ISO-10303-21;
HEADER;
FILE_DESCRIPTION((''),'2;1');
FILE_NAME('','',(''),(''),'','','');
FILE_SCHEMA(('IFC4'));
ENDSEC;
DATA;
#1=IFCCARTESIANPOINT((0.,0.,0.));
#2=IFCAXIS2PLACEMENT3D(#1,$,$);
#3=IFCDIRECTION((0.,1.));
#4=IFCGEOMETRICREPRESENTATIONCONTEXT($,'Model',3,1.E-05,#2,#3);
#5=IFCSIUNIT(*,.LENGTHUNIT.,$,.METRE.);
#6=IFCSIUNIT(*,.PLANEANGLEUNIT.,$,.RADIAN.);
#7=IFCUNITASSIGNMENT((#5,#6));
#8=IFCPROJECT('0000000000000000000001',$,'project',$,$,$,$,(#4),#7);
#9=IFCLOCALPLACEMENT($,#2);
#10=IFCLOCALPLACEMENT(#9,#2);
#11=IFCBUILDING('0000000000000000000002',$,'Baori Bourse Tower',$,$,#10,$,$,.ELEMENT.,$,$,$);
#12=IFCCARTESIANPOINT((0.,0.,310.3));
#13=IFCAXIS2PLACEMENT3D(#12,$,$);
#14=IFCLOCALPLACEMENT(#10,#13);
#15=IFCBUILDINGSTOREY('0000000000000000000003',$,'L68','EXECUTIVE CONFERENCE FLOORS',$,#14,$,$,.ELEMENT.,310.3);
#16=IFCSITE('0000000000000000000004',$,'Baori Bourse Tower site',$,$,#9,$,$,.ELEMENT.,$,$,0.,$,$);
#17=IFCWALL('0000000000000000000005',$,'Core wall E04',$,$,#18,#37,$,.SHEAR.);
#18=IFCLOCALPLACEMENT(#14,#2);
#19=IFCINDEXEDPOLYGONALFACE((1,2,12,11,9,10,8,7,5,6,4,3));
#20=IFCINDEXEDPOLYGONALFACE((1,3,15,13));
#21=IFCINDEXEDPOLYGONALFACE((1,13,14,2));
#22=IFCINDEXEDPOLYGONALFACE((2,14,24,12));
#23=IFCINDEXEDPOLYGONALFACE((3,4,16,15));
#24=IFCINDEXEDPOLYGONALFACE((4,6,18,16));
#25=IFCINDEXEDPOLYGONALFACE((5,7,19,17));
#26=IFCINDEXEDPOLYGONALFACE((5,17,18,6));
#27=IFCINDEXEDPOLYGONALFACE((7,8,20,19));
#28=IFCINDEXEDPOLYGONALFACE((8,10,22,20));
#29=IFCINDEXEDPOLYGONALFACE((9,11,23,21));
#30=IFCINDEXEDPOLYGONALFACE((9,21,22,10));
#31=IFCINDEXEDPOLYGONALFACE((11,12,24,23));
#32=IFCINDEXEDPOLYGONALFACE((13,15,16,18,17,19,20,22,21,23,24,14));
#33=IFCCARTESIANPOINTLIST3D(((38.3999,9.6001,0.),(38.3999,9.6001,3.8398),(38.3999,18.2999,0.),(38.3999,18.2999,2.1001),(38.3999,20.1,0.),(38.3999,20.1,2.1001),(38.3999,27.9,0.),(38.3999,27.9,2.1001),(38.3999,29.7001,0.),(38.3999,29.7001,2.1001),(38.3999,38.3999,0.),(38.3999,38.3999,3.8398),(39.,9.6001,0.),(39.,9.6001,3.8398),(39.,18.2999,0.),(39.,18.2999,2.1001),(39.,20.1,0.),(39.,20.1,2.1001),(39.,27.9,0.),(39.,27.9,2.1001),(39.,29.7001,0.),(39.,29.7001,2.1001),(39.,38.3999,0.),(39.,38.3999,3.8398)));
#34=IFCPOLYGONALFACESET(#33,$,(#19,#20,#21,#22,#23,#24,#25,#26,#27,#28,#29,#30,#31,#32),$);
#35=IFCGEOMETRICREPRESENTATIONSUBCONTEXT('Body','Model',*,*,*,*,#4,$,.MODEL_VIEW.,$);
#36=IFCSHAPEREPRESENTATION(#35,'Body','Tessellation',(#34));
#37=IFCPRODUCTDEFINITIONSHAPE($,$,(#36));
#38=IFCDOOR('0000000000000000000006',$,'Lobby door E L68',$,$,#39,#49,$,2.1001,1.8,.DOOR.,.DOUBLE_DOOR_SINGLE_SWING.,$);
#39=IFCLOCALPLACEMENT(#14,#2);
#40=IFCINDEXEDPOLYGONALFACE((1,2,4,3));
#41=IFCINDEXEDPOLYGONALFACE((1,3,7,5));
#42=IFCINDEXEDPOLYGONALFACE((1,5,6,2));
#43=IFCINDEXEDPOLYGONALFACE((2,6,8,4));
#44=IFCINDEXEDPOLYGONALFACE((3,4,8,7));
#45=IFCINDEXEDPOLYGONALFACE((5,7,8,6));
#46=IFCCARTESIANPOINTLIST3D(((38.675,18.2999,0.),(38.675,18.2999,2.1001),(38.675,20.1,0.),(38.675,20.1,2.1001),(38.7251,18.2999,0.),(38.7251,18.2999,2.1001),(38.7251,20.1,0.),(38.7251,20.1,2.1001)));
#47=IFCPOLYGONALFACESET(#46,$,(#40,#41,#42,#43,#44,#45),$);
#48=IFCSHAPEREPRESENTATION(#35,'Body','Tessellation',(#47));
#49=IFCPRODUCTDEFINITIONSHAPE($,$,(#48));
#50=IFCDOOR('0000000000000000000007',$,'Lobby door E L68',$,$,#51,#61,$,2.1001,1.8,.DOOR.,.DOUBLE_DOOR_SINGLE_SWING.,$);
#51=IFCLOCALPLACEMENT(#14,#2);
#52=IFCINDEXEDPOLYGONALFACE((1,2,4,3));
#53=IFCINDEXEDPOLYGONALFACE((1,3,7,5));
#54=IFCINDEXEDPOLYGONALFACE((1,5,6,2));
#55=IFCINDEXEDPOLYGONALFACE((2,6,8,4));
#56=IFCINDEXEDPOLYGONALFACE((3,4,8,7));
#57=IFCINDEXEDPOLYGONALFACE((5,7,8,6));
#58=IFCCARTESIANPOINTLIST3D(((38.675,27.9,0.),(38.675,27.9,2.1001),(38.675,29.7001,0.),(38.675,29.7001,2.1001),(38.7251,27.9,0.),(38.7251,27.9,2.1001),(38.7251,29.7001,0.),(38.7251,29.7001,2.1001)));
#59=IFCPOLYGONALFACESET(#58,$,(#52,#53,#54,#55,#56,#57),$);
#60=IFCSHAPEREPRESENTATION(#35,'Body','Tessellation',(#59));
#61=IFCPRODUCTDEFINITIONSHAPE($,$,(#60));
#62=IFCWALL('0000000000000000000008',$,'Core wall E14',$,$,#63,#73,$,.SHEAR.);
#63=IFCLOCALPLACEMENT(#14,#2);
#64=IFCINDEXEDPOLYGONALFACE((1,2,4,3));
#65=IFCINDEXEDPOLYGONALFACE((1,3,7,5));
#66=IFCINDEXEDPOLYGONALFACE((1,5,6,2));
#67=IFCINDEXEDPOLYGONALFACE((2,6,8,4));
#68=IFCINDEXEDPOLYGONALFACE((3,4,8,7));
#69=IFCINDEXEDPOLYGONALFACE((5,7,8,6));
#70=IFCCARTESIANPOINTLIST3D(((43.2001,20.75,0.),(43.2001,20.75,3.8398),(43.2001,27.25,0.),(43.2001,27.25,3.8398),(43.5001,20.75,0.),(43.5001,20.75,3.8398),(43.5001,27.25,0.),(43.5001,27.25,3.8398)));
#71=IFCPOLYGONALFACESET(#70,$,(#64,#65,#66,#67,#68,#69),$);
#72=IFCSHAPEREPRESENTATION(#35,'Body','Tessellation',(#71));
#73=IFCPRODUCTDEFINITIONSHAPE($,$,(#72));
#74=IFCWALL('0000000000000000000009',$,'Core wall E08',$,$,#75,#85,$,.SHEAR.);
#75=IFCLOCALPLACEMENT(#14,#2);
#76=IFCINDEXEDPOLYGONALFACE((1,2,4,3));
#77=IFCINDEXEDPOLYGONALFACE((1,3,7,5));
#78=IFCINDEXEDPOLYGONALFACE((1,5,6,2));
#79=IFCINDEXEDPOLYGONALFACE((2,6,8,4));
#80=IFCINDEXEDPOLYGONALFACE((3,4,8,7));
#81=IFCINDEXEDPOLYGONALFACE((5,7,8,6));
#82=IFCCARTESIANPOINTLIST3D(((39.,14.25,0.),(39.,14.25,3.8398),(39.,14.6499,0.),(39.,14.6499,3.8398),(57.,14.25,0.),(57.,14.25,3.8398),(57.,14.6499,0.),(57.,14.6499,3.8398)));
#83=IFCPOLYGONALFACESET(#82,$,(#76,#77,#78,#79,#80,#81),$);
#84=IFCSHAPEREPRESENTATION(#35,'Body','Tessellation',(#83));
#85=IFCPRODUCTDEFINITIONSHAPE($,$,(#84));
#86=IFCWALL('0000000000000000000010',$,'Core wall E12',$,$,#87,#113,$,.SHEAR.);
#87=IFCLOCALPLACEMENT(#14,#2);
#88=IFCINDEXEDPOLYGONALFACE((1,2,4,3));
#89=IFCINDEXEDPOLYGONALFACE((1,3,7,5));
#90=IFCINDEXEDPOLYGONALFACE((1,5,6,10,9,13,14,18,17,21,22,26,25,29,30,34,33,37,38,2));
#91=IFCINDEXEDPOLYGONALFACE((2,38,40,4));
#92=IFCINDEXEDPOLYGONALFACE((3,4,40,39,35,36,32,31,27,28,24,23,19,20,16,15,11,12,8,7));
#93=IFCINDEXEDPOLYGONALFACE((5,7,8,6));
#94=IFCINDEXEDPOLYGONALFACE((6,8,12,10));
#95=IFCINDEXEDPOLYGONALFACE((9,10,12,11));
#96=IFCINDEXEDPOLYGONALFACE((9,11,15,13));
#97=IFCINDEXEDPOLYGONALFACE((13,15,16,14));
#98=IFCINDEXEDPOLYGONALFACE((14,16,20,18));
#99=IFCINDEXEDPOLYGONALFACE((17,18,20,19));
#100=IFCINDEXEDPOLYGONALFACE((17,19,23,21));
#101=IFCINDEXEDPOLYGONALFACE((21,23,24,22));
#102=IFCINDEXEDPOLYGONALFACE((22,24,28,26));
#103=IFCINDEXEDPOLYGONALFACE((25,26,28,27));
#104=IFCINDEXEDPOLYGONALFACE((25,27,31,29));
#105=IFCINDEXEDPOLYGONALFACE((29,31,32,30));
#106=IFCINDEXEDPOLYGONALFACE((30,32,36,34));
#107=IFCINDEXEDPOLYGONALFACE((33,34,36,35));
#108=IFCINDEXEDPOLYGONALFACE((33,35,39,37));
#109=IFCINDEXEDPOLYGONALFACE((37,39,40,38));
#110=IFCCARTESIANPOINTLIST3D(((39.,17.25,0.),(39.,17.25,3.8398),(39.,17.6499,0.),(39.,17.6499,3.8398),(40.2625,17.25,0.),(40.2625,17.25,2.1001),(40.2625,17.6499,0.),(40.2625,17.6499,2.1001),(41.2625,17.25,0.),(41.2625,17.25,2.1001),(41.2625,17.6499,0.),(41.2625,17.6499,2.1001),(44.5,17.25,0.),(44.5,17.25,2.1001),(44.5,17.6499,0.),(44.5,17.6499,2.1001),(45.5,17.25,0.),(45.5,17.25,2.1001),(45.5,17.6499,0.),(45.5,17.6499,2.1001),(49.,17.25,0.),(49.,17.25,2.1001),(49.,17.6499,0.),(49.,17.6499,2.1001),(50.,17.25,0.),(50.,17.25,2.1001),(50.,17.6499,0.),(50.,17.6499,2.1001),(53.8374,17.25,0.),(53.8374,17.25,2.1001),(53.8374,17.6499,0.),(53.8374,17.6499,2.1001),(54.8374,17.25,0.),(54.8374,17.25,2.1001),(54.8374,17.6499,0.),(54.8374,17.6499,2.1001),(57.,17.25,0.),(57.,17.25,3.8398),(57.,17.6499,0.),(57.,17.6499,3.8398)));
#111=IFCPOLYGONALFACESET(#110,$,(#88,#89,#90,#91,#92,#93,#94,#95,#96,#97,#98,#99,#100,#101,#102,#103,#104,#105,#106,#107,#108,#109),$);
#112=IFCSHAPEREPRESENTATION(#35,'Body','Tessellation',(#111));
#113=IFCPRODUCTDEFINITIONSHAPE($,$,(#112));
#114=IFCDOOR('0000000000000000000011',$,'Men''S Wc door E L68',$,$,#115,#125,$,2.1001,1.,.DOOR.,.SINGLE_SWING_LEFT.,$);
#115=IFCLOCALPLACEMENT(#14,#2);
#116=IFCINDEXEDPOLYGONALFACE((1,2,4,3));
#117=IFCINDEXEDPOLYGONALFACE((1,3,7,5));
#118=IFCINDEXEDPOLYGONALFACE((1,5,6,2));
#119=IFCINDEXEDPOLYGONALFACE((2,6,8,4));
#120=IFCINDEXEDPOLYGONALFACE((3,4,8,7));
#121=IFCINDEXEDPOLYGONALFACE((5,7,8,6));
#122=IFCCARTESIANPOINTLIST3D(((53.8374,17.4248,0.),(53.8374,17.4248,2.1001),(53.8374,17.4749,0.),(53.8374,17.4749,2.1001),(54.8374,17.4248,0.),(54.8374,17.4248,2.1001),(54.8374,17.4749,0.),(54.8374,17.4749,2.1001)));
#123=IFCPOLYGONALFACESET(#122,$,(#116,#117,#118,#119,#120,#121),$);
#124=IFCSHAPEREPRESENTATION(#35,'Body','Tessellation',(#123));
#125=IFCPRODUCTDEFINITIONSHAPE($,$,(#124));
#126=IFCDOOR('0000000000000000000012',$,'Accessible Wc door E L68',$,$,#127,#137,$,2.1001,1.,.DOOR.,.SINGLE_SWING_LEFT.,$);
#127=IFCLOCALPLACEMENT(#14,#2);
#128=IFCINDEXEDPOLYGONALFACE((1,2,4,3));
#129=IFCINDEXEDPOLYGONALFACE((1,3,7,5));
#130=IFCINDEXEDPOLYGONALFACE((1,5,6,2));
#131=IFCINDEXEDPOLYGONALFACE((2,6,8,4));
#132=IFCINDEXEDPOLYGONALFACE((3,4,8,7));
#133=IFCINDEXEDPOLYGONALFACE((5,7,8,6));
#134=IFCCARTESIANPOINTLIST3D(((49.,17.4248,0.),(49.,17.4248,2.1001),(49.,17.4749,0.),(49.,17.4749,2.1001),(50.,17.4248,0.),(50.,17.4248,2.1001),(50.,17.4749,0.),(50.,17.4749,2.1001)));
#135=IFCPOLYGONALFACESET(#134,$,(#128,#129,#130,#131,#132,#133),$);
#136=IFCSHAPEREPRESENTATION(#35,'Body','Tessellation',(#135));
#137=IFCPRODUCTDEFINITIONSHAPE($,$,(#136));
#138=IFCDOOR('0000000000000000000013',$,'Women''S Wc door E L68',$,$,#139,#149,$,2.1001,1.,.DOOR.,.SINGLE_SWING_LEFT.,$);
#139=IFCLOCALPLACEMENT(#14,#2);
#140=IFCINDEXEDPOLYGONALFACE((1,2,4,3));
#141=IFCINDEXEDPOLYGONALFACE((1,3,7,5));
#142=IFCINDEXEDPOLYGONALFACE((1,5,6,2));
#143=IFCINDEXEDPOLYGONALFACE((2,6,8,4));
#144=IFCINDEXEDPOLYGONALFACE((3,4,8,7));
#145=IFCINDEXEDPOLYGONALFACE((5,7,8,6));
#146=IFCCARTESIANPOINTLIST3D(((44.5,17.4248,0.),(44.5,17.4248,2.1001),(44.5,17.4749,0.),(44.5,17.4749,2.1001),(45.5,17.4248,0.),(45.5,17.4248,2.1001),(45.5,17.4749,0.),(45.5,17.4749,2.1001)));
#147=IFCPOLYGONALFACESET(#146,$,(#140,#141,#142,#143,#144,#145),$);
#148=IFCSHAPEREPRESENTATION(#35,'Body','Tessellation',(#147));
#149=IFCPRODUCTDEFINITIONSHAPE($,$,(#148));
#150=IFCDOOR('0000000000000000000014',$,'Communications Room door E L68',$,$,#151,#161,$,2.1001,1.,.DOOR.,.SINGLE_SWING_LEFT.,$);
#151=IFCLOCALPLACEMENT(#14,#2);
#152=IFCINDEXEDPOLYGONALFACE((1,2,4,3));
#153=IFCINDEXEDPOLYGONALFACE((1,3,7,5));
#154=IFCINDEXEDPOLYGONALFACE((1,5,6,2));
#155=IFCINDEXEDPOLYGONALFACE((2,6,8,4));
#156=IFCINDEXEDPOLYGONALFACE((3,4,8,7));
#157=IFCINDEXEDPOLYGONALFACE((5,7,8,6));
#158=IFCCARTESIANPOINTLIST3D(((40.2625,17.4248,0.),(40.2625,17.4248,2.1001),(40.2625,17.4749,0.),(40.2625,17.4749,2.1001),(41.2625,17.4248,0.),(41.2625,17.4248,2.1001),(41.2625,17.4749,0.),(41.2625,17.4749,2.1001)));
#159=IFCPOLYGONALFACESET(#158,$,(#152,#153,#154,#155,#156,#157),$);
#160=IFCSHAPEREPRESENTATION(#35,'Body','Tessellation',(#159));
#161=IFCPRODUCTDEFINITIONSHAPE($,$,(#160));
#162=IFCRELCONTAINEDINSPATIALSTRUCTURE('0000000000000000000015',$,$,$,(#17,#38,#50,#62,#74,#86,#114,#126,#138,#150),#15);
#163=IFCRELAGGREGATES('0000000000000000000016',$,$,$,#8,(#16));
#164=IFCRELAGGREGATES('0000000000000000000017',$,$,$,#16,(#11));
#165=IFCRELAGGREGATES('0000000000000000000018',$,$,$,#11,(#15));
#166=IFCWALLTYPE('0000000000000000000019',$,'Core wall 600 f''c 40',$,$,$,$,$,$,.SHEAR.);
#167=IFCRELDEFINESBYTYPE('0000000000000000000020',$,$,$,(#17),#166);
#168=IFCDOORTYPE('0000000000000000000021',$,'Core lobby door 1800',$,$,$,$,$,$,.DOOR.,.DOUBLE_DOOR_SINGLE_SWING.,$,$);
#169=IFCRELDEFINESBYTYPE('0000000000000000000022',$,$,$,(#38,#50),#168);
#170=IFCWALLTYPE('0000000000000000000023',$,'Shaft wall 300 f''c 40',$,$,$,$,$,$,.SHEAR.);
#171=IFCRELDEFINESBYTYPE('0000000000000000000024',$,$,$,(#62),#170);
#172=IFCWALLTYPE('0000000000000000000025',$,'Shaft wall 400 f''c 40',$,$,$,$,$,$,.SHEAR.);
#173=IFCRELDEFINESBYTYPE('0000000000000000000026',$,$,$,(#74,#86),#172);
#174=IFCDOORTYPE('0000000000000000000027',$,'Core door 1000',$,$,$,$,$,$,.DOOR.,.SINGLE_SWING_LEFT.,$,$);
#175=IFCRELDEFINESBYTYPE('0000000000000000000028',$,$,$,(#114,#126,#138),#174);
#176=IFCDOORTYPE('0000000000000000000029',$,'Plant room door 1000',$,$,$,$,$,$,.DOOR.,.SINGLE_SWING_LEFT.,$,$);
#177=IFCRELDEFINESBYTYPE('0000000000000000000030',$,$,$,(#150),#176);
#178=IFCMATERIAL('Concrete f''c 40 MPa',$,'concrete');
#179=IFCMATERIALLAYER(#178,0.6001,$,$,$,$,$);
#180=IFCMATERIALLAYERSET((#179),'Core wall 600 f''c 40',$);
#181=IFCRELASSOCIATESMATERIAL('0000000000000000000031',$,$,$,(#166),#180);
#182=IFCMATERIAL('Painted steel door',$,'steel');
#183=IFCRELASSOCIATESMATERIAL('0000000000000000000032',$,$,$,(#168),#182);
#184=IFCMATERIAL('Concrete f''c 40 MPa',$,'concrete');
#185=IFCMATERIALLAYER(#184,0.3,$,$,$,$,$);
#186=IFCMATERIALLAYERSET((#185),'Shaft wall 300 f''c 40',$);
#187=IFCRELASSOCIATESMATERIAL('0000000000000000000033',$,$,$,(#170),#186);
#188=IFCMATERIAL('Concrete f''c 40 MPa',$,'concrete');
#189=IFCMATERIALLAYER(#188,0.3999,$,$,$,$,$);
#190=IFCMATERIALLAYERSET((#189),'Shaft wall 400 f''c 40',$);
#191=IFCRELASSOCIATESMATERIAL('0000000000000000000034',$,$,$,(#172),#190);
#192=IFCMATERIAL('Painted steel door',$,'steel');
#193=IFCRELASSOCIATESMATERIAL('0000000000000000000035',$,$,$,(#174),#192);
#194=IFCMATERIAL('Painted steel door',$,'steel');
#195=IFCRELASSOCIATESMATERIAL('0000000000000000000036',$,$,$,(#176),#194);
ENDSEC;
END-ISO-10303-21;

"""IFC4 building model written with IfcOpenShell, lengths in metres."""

from ifc_helpers import new_model, si_unit, direction, frame, frame_2d, origin, place, context, subcontext, project, spatial, rectangle, extrude, material, layer, layer_set, type_object, element, fill, save


model = new_model("IFC4")

# Units and contexts
model_context = context("Model", 3, precision=1e-05, world=origin(), true_north=direction((0.0, 1.0)))
body_context = subcontext(model_context, "Body", "Model", "MODEL_VIEW")
ifc_project = project(units=[si_unit("LENGTHUNIT", "METRE"), si_unit("PLANEANGLEUNIT", "RADIAN")], contexts=[model_context])

# Site, building, storey
site_placement = place(None, origin())
site = spatial("IfcSite", under=ifc_project, at=site_placement, Name="Baori Bourse Tower site", CompositionType="ELEMENT", RefElevation=0.0)
building_placement = place(site_placement, origin())
building = spatial("IfcBuilding", under=site, at=building_placement, Name="Baori Bourse Tower", CompositionType="ELEMENT")
storey_placement = place(building_placement, frame((0.0, 0.0, 310.3)))
storey = spatial("IfcBuildingStorey", under=building, at=storey_placement, Name="L68", Description="EXECUTIVE CONFERENCE FLOORS", CompositionType="ELEMENT", Elevation=310.3)

# Shared definitions
ifc_material_1 = material(Name="Concrete f'c 40 MPa", Category="concrete")
ifc_layer_1 = layer(ifc_material_1, 0.6001)
ifc_layer_set_1 = layer_set([ifc_layer_1], Name="Core wall 600 f'c 40")
wall_type_1 = type_object("IfcWallType", Name="Core wall 600 f'c 40", PredefinedType="SHEAR", material=ifc_layer_set_1)

# Wall, openings, doors
wall_1_placement = place(storey_placement, frame((38.7, 9.6001, 0.0), z_axis=(0.0, 0.0, 1.0), x_axis=(0.0, 1.0, 0.0)))
wall_1 = element("IfcWall", 1, at=wall_1_placement, inside=storey, type_object=wall_type_1, Name="Core wall E04", PredefinedType="SHEAR", context=body_context, shape_type="SweptSolid", body=[
    extrude(rectangle(XDim=28.7998, YDim=0.6001, at=frame_2d((14.3999, 0.0))), origin(), (0.0, 0.0, 1.0), 3.8398),
])
opening_1_placement = place(wall_1_placement, frame((8.7, 0.0, 0.0)))
opening_1 = element("IfcOpeningElement", 2, at=opening_1_placement, cuts=wall_1, PredefinedType="OPENING", context=body_context, shape_type="SweptSolid", body=[
    extrude(rectangle(XDim=1.8, YDim=2.1001, at=frame_2d((0.8999, 1.05))), frame((0.0, 0.3101, 0.0), z_axis=(0.0, -1.0, 0.0), x_axis=(1.0, 0.0, 0.0)), (0.0, 0.0, 1.0), 0.6201),
])
opening_2_placement = place(wall_1_placement, frame((18.3, 0.0, 0.0)))
opening_2 = element("IfcOpeningElement", 3, at=opening_2_placement, cuts=wall_1, PredefinedType="OPENING", context=body_context, shape_type="SweptSolid", body=[
    extrude(rectangle(XDim=1.8, YDim=2.1001, at=frame_2d((0.8999, 1.05))), frame((0.0, 0.3101, 0.0), z_axis=(0.0, -1.0, 0.0), x_axis=(1.0, 0.0, 0.0)), (0.0, 0.0, 1.0), 0.6201),
])
ifc_material_2 = material(Name="Painted steel door", Category="steel")
door_type_1 = type_object("IfcDoorType", Name="Core lobby door 1800", OperationType="DOUBLE_DOOR_SINGLE_SWING", PredefinedType="DOOR", material=ifc_material_2)
door_1_placement = place(opening_1_placement, origin())
door_1 = element("IfcDoor", 4, at=door_1_placement, inside=storey, type_object=door_type_1, Name="Lobby door E L68", OperationType="DOUBLE_DOOR_SINGLE_SWING", OverallHeight=2.1001, OverallWidth=1.8, PredefinedType="DOOR", context=body_context, shape_type="SweptSolid", body=[
    extrude(rectangle(XDim=1.8, YDim=2.1001, at=frame_2d((0.8999, 1.05))), frame((0.0, 0.0249, 0.0), z_axis=(0.0, -1.0, 0.0), x_axis=(1.0, 0.0, 0.0)), (0.0, 0.0, 1.0), 0.05),
])
fill(opening_1, door_1)
door_2_placement = place(opening_2_placement, origin())
door_2 = element("IfcDoor", 5, at=door_2_placement, inside=storey, type_object=door_type_1, Name="Lobby door E L68", OperationType="DOUBLE_DOOR_SINGLE_SWING", OverallHeight=2.1001, OverallWidth=1.8, PredefinedType="DOOR", context=body_context, shape_type="SweptSolid", body=[
    extrude(rectangle(XDim=1.8, YDim=2.1001, at=frame_2d((0.8999, 1.05))), frame((0.0, 0.0249, 0.0), z_axis=(0.0, -1.0, 0.0), x_axis=(1.0, 0.0, 0.0)), (0.0, 0.0, 1.0), 0.05),
])
fill(opening_2, door_2)

# Walls
ifc_material_3 = material(Name="Concrete f'c 40 MPa", Category="concrete")
ifc_layer_2 = layer(ifc_material_3, 0.3)
ifc_layer_set_2 = layer_set([ifc_layer_2], Name="Shaft wall 300 f'c 40")
wall_type_2 = type_object("IfcWallType", Name="Shaft wall 300 f'c 40", PredefinedType="SHEAR", material=ifc_layer_set_2)
wall_2_placement = place(storey_placement, frame((43.3501, 20.75, 0.0), z_axis=(0.0, 0.0, 1.0), x_axis=(0.0, 1.0, 0.0)))
element("IfcWall", 6, at=wall_2_placement, inside=storey, type_object=wall_type_2, Name="Core wall E14", PredefinedType="SHEAR", context=body_context, shape_type="SweptSolid", body=[
    extrude(rectangle(XDim=6.5, YDim=0.3, at=frame_2d((3.25, 0.0))), origin(), (0.0, 0.0, 1.0), 3.8398),
])
ifc_material_4 = material(Name="Concrete f'c 40 MPa", Category="concrete")
ifc_layer_3 = layer(ifc_material_4, 0.3999)
ifc_layer_set_3 = layer_set([ifc_layer_3], Name="Shaft wall 400 f'c 40")
wall_type_3 = type_object("IfcWallType", Name="Shaft wall 400 f'c 40", PredefinedType="SHEAR", material=ifc_layer_set_3)
wall_3_placement = place(storey_placement, frame((39.0, 14.45, 0.0), z_axis=(0.0, 0.0, 1.0), x_axis=(1.0, 0.0, 0.0)))
element("IfcWall", 7, at=wall_3_placement, inside=storey, type_object=wall_type_3, Name="Core wall E08", PredefinedType="SHEAR", context=body_context, shape_type="SweptSolid", body=[
    extrude(rectangle(XDim=18.0, YDim=0.3999, at=frame_2d((9.0, 0.0))), origin(), (0.0, 0.0, 1.0), 3.8398),
])

# Wall, openings, doors
wall_4_placement = place(storey_placement, frame((39.0, 17.45, 0.0), z_axis=(0.0, 0.0, 1.0), x_axis=(1.0, 0.0, 0.0)))
wall_4 = element("IfcWall", 8, at=wall_4_placement, inside=storey, type_object=wall_type_3, Name="Core wall E12", PredefinedType="SHEAR", context=body_context, shape_type="SweptSolid", body=[
    extrude(rectangle(XDim=18.0, YDim=0.3999, at=frame_2d((9.0, 0.0))), origin(), (0.0, 0.0, 1.0), 3.8398),
])
opening_3_placement = place(wall_4_placement, frame((14.8374, 0.0, 0.0)))
opening_3 = element("IfcOpeningElement", 9, at=opening_3_placement, cuts=wall_4, PredefinedType="OPENING", context=body_context, shape_type="SweptSolid", body=[
    extrude(rectangle(XDim=1.0, YDim=2.1001, at=frame_2d((0.5, 1.05))), frame((0.0, 0.21, 0.0), z_axis=(0.0, -1.0, 0.0), x_axis=(1.0, 0.0, 0.0)), (0.0, 0.0, 1.0), 0.4199),
])
opening_4_placement = place(wall_4_placement, frame((10.0, 0.0, 0.0)))
opening_4 = element("IfcOpeningElement", 10, at=opening_4_placement, cuts=wall_4, PredefinedType="OPENING", context=body_context, shape_type="SweptSolid", body=[
    extrude(rectangle(XDim=1.0, YDim=2.1001, at=frame_2d((0.5, 1.05))), frame((0.0, 0.21, 0.0), z_axis=(0.0, -1.0, 0.0), x_axis=(1.0, 0.0, 0.0)), (0.0, 0.0, 1.0), 0.4199),
])
opening_5_placement = place(wall_4_placement, frame((5.5, 0.0, 0.0)))
opening_5 = element("IfcOpeningElement", 11, at=opening_5_placement, cuts=wall_4, PredefinedType="OPENING", context=body_context, shape_type="SweptSolid", body=[
    extrude(rectangle(XDim=1.0, YDim=2.1001, at=frame_2d((0.5, 1.05))), frame((0.0, 0.21, 0.0), z_axis=(0.0, -1.0, 0.0), x_axis=(1.0, 0.0, 0.0)), (0.0, 0.0, 1.0), 0.4199),
])
opening_6_placement = place(wall_4_placement, frame((1.2625, 0.0, 0.0)))
opening_6 = element("IfcOpeningElement", 12, at=opening_6_placement, cuts=wall_4, PredefinedType="OPENING", context=body_context, shape_type="SweptSolid", body=[
    extrude(rectangle(XDim=1.0, YDim=2.1001, at=frame_2d((0.5, 1.05))), frame((0.0, 0.21, 0.0), z_axis=(0.0, -1.0, 0.0), x_axis=(1.0, 0.0, 0.0)), (0.0, 0.0, 1.0), 0.4199),
])
ifc_material_5 = material(Name="Painted steel door", Category="steel")
door_type_2 = type_object("IfcDoorType", Name="Core door 1000", OperationType="SINGLE_SWING_LEFT", PredefinedType="DOOR", material=ifc_material_5)
door_3_placement = place(opening_3_placement, origin())
door_3 = element("IfcDoor", 13, at=door_3_placement, inside=storey, type_object=door_type_2, Name="Men'S Wc door E L68", OperationType="SINGLE_SWING_LEFT", OverallHeight=2.1001, OverallWidth=1.0, PredefinedType="DOOR", context=body_context, shape_type="SweptSolid", body=[
    extrude(rectangle(XDim=1.0, YDim=2.1001, at=frame_2d((0.5, 1.05))), frame((0.0, 0.0249, 0.0), z_axis=(0.0, -1.0, 0.0), x_axis=(1.0, 0.0, 0.0)), (0.0, 0.0, 1.0), 0.05),
])
fill(opening_3, door_3)
door_4_placement = place(opening_4_placement, origin())
door_4 = element("IfcDoor", 14, at=door_4_placement, inside=storey, type_object=door_type_2, Name="Accessible Wc door E L68", OperationType="SINGLE_SWING_LEFT", OverallHeight=2.1001, OverallWidth=1.0, PredefinedType="DOOR", context=body_context, shape_type="SweptSolid", body=[
    extrude(rectangle(XDim=1.0, YDim=2.1001, at=frame_2d((0.5, 1.05))), frame((0.0, 0.0249, 0.0), z_axis=(0.0, -1.0, 0.0), x_axis=(1.0, 0.0, 0.0)), (0.0, 0.0, 1.0), 0.05),
])
fill(opening_4, door_4)
door_5_placement = place(opening_5_placement, origin())
door_5 = element("IfcDoor", 15, at=door_5_placement, inside=storey, type_object=door_type_2, Name="Women'S Wc door E L68", OperationType="SINGLE_SWING_LEFT", OverallHeight=2.1001, OverallWidth=1.0, PredefinedType="DOOR", context=body_context, shape_type="SweptSolid", body=[
    extrude(rectangle(XDim=1.0, YDim=2.1001, at=frame_2d((0.5, 1.05))), frame((0.0, 0.0249, 0.0), z_axis=(0.0, -1.0, 0.0), x_axis=(1.0, 0.0, 0.0)), (0.0, 0.0, 1.0), 0.05),
])
fill(opening_5, door_5)
ifc_material_6 = material(Name="Painted steel door", Category="steel")
door_type_3 = type_object("IfcDoorType", Name="Plant room door 1000", OperationType="SINGLE_SWING_LEFT", PredefinedType="DOOR", material=ifc_material_6)
door_6_placement = place(opening_6_placement, origin())
door_6 = element("IfcDoor", 16, at=door_6_placement, inside=storey, type_object=door_type_3, Name="Communications Room door E L68", OperationType="SINGLE_SWING_LEFT", OverallHeight=2.1001, OverallWidth=1.0, PredefinedType="DOOR", context=body_context, shape_type="SweptSolid", body=[
    extrude(rectangle(XDim=1.0, YDim=2.1001, at=frame_2d((0.5, 1.05))), frame((0.0, 0.0249, 0.0), z_axis=(0.0, -1.0, 0.0), x_axis=(1.0, 0.0, 0.0)), (0.0, 0.0, 1.0), 0.05),
])
fill(opening_6, door_6)

save(model, "model.ifc")
